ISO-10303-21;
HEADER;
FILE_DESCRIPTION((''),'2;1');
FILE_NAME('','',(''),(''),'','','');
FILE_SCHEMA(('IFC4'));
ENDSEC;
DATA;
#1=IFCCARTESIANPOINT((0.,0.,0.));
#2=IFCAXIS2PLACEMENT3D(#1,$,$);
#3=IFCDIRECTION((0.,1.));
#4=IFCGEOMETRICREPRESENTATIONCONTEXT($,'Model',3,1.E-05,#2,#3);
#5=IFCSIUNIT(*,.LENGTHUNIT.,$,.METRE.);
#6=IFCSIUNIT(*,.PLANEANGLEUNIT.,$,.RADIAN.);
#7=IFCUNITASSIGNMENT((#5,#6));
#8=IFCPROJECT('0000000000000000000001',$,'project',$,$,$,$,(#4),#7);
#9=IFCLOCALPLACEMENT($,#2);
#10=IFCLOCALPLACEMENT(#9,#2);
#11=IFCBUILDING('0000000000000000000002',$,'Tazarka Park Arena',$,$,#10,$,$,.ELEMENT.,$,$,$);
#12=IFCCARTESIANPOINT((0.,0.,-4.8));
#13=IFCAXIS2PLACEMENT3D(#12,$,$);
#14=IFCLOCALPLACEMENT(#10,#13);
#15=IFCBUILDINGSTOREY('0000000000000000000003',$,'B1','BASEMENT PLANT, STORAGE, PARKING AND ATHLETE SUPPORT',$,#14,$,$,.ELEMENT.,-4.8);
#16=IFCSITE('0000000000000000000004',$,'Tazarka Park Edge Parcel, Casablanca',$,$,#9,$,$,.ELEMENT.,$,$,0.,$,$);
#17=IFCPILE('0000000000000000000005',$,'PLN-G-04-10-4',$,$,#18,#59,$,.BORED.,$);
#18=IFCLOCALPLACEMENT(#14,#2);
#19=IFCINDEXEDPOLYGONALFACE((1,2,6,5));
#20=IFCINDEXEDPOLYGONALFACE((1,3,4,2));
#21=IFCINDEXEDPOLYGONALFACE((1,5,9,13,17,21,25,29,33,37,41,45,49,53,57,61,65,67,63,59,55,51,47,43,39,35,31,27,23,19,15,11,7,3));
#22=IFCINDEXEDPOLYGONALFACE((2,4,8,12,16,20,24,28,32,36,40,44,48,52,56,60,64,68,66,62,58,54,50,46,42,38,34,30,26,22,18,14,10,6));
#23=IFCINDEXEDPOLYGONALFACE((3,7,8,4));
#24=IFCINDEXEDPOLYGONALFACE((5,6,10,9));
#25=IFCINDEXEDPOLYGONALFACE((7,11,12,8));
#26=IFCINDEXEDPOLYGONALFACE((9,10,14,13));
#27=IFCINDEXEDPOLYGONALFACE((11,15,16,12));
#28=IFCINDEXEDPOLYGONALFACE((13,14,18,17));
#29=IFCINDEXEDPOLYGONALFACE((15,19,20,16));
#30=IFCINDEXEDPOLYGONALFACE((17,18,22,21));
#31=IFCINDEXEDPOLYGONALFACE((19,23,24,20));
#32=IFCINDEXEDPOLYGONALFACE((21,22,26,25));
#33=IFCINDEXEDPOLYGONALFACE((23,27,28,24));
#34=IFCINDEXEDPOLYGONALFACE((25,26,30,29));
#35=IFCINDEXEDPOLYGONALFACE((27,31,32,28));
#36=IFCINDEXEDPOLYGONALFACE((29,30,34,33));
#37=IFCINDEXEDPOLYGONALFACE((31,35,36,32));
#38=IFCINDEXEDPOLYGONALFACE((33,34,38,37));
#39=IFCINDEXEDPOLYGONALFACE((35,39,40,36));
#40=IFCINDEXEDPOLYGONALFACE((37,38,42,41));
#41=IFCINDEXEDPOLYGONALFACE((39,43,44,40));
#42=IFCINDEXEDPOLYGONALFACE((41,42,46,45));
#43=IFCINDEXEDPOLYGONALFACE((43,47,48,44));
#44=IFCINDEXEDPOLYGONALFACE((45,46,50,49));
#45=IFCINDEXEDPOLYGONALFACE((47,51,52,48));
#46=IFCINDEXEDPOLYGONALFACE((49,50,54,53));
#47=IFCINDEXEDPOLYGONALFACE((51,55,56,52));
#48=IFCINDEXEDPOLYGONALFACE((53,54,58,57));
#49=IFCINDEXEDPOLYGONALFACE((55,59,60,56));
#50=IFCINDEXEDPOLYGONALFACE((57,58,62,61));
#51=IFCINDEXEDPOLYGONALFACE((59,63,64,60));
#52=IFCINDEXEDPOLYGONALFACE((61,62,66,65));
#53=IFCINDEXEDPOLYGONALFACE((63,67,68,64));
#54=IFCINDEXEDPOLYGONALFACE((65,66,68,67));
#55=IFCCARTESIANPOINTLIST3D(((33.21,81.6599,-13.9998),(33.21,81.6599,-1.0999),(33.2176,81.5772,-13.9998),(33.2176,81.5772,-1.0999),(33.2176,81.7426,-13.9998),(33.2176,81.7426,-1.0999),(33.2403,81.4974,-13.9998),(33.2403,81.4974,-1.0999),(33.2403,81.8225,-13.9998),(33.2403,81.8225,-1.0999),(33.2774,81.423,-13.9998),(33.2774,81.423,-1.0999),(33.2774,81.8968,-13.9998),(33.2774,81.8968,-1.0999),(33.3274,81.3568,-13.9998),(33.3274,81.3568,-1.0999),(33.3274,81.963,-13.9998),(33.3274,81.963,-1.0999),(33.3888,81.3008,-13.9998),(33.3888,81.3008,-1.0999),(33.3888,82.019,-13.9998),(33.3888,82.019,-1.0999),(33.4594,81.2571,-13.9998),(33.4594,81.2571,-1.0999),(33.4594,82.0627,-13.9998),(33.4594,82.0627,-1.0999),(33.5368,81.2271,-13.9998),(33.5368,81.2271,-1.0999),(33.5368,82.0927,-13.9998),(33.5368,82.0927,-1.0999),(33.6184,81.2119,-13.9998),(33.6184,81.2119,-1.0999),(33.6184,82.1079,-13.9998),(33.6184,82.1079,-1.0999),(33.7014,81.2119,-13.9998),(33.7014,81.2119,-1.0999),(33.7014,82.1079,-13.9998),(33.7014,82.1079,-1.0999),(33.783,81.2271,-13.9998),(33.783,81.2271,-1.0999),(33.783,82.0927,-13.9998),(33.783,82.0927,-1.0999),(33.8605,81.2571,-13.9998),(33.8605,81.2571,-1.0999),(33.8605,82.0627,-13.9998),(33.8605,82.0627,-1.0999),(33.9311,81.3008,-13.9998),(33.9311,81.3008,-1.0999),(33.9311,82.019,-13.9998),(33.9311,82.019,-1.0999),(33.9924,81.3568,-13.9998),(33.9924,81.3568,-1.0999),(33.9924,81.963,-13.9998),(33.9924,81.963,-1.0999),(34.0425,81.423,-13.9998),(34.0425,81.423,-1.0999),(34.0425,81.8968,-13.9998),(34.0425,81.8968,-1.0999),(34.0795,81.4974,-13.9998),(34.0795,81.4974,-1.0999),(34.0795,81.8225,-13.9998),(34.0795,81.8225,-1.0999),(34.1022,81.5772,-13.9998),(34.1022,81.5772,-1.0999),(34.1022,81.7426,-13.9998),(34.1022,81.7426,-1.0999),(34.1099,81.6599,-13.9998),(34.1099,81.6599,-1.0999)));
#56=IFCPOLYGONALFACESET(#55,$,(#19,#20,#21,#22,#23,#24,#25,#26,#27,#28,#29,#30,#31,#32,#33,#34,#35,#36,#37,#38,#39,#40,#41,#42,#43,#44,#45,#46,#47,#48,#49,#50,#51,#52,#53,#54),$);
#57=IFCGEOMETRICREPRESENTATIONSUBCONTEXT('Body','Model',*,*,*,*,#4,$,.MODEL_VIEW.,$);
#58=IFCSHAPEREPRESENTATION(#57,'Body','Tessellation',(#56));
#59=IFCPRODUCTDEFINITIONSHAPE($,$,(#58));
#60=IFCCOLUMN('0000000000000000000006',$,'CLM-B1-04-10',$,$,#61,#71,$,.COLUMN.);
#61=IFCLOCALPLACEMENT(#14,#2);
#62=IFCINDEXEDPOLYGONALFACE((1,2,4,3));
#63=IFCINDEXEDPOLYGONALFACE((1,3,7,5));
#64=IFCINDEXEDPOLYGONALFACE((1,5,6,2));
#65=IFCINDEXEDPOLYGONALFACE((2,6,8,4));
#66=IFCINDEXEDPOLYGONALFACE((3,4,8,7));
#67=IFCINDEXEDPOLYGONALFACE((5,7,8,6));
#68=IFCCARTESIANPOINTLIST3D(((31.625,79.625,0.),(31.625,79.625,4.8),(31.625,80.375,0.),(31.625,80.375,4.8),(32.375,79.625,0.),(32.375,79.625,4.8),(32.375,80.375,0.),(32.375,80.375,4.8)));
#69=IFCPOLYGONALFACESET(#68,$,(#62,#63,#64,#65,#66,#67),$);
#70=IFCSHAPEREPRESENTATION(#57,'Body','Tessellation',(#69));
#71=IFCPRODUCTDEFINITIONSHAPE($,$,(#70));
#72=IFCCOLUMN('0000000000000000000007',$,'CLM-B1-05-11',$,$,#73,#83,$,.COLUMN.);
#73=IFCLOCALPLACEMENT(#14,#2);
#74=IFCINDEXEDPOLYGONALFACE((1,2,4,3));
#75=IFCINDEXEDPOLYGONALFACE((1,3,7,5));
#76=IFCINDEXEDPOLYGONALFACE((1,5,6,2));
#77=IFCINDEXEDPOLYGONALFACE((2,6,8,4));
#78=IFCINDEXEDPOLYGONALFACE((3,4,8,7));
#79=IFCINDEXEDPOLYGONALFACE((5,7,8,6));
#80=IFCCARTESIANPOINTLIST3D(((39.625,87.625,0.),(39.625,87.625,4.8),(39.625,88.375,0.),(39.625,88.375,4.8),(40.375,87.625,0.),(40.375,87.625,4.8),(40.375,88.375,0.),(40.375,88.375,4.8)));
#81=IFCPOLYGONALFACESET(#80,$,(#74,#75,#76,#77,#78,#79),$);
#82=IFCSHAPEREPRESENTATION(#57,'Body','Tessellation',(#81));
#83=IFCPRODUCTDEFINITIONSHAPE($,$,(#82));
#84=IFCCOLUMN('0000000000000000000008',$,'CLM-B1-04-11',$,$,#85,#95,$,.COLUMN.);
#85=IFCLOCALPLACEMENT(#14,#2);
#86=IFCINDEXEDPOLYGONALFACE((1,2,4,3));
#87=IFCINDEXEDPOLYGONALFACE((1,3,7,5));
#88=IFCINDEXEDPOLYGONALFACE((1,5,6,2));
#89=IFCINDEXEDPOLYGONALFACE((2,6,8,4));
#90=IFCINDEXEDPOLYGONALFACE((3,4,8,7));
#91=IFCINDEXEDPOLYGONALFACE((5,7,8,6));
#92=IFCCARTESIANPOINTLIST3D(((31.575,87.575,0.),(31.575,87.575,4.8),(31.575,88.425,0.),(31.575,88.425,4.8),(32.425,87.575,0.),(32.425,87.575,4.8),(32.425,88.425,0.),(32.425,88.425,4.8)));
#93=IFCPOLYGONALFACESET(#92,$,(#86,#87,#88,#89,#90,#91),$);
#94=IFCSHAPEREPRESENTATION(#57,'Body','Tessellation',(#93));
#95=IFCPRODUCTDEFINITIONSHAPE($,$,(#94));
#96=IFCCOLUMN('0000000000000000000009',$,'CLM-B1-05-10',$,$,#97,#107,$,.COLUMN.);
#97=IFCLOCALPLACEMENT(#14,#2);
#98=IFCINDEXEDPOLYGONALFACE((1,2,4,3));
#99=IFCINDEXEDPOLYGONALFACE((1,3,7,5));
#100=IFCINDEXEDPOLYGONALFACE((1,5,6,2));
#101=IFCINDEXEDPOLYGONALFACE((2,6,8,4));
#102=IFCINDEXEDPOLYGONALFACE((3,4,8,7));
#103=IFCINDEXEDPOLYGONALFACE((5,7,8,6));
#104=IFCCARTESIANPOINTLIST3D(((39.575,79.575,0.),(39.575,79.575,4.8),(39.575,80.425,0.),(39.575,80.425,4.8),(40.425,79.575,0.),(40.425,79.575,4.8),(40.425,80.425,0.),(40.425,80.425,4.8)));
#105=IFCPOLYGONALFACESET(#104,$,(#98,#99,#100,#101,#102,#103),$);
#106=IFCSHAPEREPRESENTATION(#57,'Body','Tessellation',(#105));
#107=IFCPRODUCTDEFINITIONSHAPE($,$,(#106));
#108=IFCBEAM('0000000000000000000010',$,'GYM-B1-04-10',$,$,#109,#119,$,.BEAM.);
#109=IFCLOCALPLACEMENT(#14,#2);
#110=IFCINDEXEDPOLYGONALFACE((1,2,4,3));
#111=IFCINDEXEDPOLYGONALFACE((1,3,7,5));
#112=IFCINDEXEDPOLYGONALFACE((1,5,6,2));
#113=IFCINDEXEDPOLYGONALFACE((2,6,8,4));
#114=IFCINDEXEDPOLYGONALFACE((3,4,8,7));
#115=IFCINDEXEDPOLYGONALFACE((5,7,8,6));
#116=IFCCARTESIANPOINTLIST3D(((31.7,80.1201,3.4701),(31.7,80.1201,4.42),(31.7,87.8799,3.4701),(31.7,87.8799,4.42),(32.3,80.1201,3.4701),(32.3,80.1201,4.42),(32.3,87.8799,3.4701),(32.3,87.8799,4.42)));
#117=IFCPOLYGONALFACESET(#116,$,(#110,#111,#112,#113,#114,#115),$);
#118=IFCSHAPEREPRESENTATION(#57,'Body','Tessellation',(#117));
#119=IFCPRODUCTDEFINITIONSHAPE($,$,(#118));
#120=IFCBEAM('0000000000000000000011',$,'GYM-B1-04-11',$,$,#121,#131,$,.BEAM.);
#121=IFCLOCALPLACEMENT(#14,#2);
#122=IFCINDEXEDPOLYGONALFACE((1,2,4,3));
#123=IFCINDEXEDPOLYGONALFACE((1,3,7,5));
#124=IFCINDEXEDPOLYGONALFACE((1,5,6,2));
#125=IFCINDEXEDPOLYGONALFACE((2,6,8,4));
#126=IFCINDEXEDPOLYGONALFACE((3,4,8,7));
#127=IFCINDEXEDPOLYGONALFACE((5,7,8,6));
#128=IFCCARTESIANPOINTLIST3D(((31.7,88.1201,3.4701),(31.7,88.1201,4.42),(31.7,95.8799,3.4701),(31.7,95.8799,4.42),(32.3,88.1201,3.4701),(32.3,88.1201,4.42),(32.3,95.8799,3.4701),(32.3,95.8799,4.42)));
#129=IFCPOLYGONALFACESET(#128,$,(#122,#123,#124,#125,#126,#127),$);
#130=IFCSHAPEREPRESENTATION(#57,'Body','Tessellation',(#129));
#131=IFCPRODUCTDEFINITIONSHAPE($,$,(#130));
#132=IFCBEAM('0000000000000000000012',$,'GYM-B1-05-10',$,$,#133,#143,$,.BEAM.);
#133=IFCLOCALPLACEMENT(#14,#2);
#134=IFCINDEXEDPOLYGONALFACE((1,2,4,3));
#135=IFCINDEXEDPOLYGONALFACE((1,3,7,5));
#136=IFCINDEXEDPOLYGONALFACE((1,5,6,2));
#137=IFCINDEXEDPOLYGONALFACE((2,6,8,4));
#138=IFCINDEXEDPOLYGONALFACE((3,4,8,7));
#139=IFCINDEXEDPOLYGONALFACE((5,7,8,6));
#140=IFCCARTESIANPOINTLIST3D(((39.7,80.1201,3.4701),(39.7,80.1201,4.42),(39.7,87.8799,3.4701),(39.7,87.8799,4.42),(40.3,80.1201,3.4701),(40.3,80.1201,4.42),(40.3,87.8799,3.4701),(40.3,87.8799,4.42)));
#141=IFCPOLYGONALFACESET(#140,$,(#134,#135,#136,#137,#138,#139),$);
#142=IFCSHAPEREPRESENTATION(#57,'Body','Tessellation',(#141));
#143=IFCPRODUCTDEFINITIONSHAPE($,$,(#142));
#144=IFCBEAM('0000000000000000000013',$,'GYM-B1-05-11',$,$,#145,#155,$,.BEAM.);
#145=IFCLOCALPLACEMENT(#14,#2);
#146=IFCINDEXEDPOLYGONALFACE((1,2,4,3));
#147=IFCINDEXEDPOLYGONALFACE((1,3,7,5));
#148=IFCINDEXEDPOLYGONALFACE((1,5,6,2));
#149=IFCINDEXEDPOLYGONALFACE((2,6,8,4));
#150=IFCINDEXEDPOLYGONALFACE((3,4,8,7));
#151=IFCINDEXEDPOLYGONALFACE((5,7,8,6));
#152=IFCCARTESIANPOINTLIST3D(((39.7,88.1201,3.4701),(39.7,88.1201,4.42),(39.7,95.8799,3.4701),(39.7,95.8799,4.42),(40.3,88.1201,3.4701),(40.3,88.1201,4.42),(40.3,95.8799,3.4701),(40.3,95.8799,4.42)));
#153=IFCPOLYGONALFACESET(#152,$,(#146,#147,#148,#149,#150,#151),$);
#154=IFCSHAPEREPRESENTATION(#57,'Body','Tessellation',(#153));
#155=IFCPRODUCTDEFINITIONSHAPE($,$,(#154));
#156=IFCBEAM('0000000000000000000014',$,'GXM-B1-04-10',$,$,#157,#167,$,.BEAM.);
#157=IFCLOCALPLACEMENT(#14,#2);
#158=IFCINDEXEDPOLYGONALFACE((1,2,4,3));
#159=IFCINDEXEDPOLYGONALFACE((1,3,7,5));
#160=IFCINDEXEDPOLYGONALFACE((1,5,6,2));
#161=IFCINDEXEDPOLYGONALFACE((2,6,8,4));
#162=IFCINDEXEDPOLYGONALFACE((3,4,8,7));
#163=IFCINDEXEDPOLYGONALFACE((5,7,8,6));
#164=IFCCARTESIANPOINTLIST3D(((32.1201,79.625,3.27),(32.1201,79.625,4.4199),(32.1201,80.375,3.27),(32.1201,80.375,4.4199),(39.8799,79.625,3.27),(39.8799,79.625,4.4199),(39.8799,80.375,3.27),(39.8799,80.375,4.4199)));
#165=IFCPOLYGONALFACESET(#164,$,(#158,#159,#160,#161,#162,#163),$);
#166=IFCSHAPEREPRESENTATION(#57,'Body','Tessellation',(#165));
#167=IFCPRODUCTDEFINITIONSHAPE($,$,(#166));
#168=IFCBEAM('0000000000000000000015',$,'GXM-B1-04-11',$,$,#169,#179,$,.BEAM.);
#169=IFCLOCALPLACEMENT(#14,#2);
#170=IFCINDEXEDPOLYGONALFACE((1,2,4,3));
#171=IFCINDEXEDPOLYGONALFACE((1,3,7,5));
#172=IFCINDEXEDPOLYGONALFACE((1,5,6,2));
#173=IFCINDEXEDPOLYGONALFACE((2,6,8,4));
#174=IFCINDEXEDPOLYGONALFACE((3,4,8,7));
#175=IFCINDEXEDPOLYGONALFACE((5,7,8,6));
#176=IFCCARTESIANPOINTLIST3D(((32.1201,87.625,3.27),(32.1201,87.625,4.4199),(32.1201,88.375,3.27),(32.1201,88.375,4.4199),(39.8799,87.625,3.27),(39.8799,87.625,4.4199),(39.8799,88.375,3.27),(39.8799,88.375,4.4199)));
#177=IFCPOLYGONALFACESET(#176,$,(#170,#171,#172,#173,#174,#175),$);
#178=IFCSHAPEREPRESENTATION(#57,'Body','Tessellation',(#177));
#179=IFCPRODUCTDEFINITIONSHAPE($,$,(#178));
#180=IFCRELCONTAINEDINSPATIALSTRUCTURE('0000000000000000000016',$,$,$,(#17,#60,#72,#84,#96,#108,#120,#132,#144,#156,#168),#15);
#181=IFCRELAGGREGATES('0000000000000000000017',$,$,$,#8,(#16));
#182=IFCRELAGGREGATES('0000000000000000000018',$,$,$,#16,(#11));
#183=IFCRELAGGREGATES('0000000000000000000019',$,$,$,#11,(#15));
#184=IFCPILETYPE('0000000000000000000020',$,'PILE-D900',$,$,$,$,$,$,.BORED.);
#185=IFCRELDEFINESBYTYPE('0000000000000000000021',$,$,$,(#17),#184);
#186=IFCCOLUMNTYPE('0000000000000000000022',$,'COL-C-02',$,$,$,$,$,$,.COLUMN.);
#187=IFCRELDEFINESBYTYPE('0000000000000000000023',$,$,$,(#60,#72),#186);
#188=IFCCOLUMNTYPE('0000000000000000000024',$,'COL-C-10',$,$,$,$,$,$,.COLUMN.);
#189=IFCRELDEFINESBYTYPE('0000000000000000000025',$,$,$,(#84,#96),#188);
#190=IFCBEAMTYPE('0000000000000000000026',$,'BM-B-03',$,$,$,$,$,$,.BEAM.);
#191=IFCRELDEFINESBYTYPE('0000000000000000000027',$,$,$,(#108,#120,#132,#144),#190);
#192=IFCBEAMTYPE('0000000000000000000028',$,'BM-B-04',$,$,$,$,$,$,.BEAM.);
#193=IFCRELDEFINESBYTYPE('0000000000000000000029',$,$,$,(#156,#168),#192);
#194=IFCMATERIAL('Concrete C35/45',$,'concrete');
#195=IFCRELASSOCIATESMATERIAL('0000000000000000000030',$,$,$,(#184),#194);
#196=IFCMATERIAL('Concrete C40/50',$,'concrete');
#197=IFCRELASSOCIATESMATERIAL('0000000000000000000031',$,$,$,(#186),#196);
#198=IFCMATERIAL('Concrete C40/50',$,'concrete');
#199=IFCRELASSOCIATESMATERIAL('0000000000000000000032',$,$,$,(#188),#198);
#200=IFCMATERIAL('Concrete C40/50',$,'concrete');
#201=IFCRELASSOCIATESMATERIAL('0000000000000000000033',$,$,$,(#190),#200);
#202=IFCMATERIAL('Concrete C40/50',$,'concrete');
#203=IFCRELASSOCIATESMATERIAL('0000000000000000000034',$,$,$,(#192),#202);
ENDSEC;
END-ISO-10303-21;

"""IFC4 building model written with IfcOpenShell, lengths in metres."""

from ifc_helpers import new_model, si_unit, direction, frame, origin, origin_2d, place, context, subcontext, project, spatial, rectangle, circle, extrude, material, material_profile, profile_set, type_object, element, save


model = new_model("IFC4")

# Units and contexts
model_context = context("Model", 3, precision=1e-05, world=origin(), true_north=direction((0.0, 1.0)))
body_context = subcontext(model_context, "Body", "Model", "MODEL_VIEW")
ifc_project = project(units=[si_unit("LENGTHUNIT", "METRE"), si_unit("PLANEANGLEUNIT", "RADIAN")], contexts=[model_context])

# Site, building, storey
site_placement = place(None, origin())
site = spatial("IfcSite", under=ifc_project, at=site_placement, Name="Tazarka Park Edge Parcel, Casablanca", CompositionType="ELEMENT", RefElevation=0.0)
building_placement = place(site_placement, origin())
building = spatial("IfcBuilding", under=site, at=building_placement, Name="Tazarka Park Arena", CompositionType="ELEMENT")
storey_placement = place(building_placement, frame((0.0, 0.0, -4.8)))
storey = spatial("IfcBuildingStorey", under=building, at=storey_placement, Name="B1", Description="BASEMENT PLANT, STORAGE, PARKING AND ATHLETE SUPPORT", CompositionType="ELEMENT", Elevation=-4.8)

# Pile
ifc_material_1 = material(Name="Concrete C35/45", Category="concrete")
ifc_material_profile_1 = material_profile(ifc_material_1, circle(Radius=0.45, at=origin_2d()), Name="Concrete C35/45")
ifc_profile_set_1 = profile_set([ifc_material_profile_1], Name="Concrete C35/45")
pile_type = type_object("IfcPileType", Name="PILE-D900", PredefinedType="BORED", material=ifc_profile_set_1)
for number, where, z_axis, x_axis, name in (
    (1, (33.6599, 81.6599, -1.0999), (0.0, 0.0, -1.0), (1.0, 0.0, 0.0), "PLN-G-04-10-4"),
):
    element("IfcPile", number, at=place(storey_placement, frame(where, z_axis=z_axis, x_axis=x_axis)), inside=storey, type_object=pile_type, Name=name, PredefinedType="BORED", context=body_context, shape_type="SweptSolid", body=[
        extrude(circle(Radius=0.45, at=origin_2d()), origin(), (0.0, 0.0, 1.0), 12.8999),
    ])

# Columns
ifc_material_2 = material(Name="Concrete C40/50", Category="concrete")
ifc_material_profile_2 = material_profile(ifc_material_2, rectangle(XDim=0.75, YDim=0.75, at=origin_2d()), Name="Concrete C40/50")
ifc_profile_set_2 = profile_set([ifc_material_profile_2], Name="Concrete C40/50")
column_type_1 = type_object("IfcColumnType", Name="COL-C-02", PredefinedType="COLUMN", material=ifc_profile_set_2)
for number, where, z_axis, x_axis, name in (
    (2, (32.0, 80.0, 0.0), (0.0, 0.0, 1.0), (1.0, 0.0, 0.0), "CLM-B1-04-10"),
    (3, (40.0, 88.0, 0.0), (0.0, 0.0, 1.0), (1.0, 0.0, 0.0), "CLM-B1-05-11"),
):
    element("IfcColumn", number, at=place(storey_placement, frame(where, z_axis=z_axis, x_axis=x_axis)), inside=storey, type_object=column_type_1, Name=name, PredefinedType="COLUMN", context=body_context, shape_type="SweptSolid", body=[
        extrude(rectangle(XDim=0.75, YDim=0.75, at=origin_2d()), origin(), (0.0, 0.0, 1.0), 4.8),
    ])
ifc_material_3 = material(Name="Concrete C40/50", Category="concrete")
ifc_material_profile_3 = material_profile(ifc_material_3, rectangle(XDim=0.8501, YDim=0.8501, at=origin_2d()), Name="Concrete C40/50")
ifc_profile_set_3 = profile_set([ifc_material_profile_3], Name="Concrete C40/50")
column_type_2 = type_object("IfcColumnType", Name="COL-C-10", PredefinedType="COLUMN", material=ifc_profile_set_3)
for number, where, z_axis, x_axis, name in (
    (4, (32.0, 88.0, 0.0), (0.0, 0.0, 1.0), (1.0, 0.0, 0.0), "CLM-B1-04-11"),
    (5, (40.0, 80.0, 0.0), (0.0, 0.0, 1.0), (1.0, 0.0, 0.0), "CLM-B1-05-10"),
):
    element("IfcColumn", number, at=place(storey_placement, frame(where, z_axis=z_axis, x_axis=x_axis)), inside=storey, type_object=column_type_2, Name=name, PredefinedType="COLUMN", context=body_context, shape_type="SweptSolid", body=[
        extrude(rectangle(XDim=0.8501, YDim=0.8501, at=origin_2d()), origin(), (0.0, 0.0, 1.0), 4.8),
    ])

# Beams
ifc_material_4 = material(Name="Concrete C40/50", Category="concrete")
ifc_material_profile_4 = material_profile(ifc_material_4, rectangle(XDim=0.6001, YDim=0.95, at=origin_2d()), Name="Concrete C40/50")
ifc_profile_set_4 = profile_set([ifc_material_profile_4], Name="Concrete C40/50")
beam_type_1 = type_object("IfcBeamType", Name="BM-B-03", PredefinedType="BEAM", material=ifc_profile_set_4)
for number, where, z_axis, x_axis, name in (
    (6, (32.0, 80.1201, 3.9451), (0.0, 1.0, 0.0), (-1.0, 0.0, 0.0), "GYM-B1-04-10"),
    (7, (32.0, 88.1201, 3.9451), (0.0, 1.0, 0.0), (-1.0, 0.0, 0.0), "GYM-B1-04-11"),
    (8, (40.0, 80.1201, 3.9451), (0.0, 1.0, 0.0), (-1.0, 0.0, 0.0), "GYM-B1-05-10"),
    (9, (40.0, 88.1201, 3.9451), (0.0, 1.0, 0.0), (-1.0, 0.0, 0.0), "GYM-B1-05-11"),
):
    element("IfcBeam", number, at=place(storey_placement, frame(where, z_axis=z_axis, x_axis=x_axis)), inside=storey, type_object=beam_type_1, Name=name, PredefinedType="BEAM", context=body_context, shape_type="SweptSolid", body=[
        extrude(rectangle(XDim=0.6001, YDim=0.95, at=origin_2d()), origin(), (0.0, 0.0, 1.0), 7.7598),
    ])
ifc_material_5 = material(Name="Concrete C40/50", Category="concrete")
ifc_material_profile_5 = material_profile(ifc_material_5, rectangle(XDim=0.75, YDim=1.1499, at=origin_2d()), Name="Concrete C40/50")
ifc_profile_set_5 = profile_set([ifc_material_profile_5], Name="Concrete C40/50")
beam_type_2 = type_object("IfcBeamType", Name="BM-B-04", PredefinedType="BEAM", material=ifc_profile_set_5)
for number, where, z_axis, x_axis, name in (
    (10, (32.1201, 80.0, 3.845), (1.0, 0.0, 0.0), (0.0, 1.0, 0.0), "GXM-B1-04-10"),
    (11, (32.1201, 88.0, 3.845), (1.0, 0.0, 0.0), (0.0, 1.0, 0.0), "GXM-B1-04-11"),
):
    element("IfcBeam", number, at=place(storey_placement, frame(where, z_axis=z_axis, x_axis=x_axis)), inside=storey, type_object=beam_type_2, Name=name, PredefinedType="BEAM", context=body_context, shape_type="SweptSolid", body=[
        extrude(rectangle(XDim=0.75, YDim=1.1499, at=origin_2d()), origin(), (0.0, 0.0, 1.0), 7.7598),
    ])

save(model, "model.ifc")
